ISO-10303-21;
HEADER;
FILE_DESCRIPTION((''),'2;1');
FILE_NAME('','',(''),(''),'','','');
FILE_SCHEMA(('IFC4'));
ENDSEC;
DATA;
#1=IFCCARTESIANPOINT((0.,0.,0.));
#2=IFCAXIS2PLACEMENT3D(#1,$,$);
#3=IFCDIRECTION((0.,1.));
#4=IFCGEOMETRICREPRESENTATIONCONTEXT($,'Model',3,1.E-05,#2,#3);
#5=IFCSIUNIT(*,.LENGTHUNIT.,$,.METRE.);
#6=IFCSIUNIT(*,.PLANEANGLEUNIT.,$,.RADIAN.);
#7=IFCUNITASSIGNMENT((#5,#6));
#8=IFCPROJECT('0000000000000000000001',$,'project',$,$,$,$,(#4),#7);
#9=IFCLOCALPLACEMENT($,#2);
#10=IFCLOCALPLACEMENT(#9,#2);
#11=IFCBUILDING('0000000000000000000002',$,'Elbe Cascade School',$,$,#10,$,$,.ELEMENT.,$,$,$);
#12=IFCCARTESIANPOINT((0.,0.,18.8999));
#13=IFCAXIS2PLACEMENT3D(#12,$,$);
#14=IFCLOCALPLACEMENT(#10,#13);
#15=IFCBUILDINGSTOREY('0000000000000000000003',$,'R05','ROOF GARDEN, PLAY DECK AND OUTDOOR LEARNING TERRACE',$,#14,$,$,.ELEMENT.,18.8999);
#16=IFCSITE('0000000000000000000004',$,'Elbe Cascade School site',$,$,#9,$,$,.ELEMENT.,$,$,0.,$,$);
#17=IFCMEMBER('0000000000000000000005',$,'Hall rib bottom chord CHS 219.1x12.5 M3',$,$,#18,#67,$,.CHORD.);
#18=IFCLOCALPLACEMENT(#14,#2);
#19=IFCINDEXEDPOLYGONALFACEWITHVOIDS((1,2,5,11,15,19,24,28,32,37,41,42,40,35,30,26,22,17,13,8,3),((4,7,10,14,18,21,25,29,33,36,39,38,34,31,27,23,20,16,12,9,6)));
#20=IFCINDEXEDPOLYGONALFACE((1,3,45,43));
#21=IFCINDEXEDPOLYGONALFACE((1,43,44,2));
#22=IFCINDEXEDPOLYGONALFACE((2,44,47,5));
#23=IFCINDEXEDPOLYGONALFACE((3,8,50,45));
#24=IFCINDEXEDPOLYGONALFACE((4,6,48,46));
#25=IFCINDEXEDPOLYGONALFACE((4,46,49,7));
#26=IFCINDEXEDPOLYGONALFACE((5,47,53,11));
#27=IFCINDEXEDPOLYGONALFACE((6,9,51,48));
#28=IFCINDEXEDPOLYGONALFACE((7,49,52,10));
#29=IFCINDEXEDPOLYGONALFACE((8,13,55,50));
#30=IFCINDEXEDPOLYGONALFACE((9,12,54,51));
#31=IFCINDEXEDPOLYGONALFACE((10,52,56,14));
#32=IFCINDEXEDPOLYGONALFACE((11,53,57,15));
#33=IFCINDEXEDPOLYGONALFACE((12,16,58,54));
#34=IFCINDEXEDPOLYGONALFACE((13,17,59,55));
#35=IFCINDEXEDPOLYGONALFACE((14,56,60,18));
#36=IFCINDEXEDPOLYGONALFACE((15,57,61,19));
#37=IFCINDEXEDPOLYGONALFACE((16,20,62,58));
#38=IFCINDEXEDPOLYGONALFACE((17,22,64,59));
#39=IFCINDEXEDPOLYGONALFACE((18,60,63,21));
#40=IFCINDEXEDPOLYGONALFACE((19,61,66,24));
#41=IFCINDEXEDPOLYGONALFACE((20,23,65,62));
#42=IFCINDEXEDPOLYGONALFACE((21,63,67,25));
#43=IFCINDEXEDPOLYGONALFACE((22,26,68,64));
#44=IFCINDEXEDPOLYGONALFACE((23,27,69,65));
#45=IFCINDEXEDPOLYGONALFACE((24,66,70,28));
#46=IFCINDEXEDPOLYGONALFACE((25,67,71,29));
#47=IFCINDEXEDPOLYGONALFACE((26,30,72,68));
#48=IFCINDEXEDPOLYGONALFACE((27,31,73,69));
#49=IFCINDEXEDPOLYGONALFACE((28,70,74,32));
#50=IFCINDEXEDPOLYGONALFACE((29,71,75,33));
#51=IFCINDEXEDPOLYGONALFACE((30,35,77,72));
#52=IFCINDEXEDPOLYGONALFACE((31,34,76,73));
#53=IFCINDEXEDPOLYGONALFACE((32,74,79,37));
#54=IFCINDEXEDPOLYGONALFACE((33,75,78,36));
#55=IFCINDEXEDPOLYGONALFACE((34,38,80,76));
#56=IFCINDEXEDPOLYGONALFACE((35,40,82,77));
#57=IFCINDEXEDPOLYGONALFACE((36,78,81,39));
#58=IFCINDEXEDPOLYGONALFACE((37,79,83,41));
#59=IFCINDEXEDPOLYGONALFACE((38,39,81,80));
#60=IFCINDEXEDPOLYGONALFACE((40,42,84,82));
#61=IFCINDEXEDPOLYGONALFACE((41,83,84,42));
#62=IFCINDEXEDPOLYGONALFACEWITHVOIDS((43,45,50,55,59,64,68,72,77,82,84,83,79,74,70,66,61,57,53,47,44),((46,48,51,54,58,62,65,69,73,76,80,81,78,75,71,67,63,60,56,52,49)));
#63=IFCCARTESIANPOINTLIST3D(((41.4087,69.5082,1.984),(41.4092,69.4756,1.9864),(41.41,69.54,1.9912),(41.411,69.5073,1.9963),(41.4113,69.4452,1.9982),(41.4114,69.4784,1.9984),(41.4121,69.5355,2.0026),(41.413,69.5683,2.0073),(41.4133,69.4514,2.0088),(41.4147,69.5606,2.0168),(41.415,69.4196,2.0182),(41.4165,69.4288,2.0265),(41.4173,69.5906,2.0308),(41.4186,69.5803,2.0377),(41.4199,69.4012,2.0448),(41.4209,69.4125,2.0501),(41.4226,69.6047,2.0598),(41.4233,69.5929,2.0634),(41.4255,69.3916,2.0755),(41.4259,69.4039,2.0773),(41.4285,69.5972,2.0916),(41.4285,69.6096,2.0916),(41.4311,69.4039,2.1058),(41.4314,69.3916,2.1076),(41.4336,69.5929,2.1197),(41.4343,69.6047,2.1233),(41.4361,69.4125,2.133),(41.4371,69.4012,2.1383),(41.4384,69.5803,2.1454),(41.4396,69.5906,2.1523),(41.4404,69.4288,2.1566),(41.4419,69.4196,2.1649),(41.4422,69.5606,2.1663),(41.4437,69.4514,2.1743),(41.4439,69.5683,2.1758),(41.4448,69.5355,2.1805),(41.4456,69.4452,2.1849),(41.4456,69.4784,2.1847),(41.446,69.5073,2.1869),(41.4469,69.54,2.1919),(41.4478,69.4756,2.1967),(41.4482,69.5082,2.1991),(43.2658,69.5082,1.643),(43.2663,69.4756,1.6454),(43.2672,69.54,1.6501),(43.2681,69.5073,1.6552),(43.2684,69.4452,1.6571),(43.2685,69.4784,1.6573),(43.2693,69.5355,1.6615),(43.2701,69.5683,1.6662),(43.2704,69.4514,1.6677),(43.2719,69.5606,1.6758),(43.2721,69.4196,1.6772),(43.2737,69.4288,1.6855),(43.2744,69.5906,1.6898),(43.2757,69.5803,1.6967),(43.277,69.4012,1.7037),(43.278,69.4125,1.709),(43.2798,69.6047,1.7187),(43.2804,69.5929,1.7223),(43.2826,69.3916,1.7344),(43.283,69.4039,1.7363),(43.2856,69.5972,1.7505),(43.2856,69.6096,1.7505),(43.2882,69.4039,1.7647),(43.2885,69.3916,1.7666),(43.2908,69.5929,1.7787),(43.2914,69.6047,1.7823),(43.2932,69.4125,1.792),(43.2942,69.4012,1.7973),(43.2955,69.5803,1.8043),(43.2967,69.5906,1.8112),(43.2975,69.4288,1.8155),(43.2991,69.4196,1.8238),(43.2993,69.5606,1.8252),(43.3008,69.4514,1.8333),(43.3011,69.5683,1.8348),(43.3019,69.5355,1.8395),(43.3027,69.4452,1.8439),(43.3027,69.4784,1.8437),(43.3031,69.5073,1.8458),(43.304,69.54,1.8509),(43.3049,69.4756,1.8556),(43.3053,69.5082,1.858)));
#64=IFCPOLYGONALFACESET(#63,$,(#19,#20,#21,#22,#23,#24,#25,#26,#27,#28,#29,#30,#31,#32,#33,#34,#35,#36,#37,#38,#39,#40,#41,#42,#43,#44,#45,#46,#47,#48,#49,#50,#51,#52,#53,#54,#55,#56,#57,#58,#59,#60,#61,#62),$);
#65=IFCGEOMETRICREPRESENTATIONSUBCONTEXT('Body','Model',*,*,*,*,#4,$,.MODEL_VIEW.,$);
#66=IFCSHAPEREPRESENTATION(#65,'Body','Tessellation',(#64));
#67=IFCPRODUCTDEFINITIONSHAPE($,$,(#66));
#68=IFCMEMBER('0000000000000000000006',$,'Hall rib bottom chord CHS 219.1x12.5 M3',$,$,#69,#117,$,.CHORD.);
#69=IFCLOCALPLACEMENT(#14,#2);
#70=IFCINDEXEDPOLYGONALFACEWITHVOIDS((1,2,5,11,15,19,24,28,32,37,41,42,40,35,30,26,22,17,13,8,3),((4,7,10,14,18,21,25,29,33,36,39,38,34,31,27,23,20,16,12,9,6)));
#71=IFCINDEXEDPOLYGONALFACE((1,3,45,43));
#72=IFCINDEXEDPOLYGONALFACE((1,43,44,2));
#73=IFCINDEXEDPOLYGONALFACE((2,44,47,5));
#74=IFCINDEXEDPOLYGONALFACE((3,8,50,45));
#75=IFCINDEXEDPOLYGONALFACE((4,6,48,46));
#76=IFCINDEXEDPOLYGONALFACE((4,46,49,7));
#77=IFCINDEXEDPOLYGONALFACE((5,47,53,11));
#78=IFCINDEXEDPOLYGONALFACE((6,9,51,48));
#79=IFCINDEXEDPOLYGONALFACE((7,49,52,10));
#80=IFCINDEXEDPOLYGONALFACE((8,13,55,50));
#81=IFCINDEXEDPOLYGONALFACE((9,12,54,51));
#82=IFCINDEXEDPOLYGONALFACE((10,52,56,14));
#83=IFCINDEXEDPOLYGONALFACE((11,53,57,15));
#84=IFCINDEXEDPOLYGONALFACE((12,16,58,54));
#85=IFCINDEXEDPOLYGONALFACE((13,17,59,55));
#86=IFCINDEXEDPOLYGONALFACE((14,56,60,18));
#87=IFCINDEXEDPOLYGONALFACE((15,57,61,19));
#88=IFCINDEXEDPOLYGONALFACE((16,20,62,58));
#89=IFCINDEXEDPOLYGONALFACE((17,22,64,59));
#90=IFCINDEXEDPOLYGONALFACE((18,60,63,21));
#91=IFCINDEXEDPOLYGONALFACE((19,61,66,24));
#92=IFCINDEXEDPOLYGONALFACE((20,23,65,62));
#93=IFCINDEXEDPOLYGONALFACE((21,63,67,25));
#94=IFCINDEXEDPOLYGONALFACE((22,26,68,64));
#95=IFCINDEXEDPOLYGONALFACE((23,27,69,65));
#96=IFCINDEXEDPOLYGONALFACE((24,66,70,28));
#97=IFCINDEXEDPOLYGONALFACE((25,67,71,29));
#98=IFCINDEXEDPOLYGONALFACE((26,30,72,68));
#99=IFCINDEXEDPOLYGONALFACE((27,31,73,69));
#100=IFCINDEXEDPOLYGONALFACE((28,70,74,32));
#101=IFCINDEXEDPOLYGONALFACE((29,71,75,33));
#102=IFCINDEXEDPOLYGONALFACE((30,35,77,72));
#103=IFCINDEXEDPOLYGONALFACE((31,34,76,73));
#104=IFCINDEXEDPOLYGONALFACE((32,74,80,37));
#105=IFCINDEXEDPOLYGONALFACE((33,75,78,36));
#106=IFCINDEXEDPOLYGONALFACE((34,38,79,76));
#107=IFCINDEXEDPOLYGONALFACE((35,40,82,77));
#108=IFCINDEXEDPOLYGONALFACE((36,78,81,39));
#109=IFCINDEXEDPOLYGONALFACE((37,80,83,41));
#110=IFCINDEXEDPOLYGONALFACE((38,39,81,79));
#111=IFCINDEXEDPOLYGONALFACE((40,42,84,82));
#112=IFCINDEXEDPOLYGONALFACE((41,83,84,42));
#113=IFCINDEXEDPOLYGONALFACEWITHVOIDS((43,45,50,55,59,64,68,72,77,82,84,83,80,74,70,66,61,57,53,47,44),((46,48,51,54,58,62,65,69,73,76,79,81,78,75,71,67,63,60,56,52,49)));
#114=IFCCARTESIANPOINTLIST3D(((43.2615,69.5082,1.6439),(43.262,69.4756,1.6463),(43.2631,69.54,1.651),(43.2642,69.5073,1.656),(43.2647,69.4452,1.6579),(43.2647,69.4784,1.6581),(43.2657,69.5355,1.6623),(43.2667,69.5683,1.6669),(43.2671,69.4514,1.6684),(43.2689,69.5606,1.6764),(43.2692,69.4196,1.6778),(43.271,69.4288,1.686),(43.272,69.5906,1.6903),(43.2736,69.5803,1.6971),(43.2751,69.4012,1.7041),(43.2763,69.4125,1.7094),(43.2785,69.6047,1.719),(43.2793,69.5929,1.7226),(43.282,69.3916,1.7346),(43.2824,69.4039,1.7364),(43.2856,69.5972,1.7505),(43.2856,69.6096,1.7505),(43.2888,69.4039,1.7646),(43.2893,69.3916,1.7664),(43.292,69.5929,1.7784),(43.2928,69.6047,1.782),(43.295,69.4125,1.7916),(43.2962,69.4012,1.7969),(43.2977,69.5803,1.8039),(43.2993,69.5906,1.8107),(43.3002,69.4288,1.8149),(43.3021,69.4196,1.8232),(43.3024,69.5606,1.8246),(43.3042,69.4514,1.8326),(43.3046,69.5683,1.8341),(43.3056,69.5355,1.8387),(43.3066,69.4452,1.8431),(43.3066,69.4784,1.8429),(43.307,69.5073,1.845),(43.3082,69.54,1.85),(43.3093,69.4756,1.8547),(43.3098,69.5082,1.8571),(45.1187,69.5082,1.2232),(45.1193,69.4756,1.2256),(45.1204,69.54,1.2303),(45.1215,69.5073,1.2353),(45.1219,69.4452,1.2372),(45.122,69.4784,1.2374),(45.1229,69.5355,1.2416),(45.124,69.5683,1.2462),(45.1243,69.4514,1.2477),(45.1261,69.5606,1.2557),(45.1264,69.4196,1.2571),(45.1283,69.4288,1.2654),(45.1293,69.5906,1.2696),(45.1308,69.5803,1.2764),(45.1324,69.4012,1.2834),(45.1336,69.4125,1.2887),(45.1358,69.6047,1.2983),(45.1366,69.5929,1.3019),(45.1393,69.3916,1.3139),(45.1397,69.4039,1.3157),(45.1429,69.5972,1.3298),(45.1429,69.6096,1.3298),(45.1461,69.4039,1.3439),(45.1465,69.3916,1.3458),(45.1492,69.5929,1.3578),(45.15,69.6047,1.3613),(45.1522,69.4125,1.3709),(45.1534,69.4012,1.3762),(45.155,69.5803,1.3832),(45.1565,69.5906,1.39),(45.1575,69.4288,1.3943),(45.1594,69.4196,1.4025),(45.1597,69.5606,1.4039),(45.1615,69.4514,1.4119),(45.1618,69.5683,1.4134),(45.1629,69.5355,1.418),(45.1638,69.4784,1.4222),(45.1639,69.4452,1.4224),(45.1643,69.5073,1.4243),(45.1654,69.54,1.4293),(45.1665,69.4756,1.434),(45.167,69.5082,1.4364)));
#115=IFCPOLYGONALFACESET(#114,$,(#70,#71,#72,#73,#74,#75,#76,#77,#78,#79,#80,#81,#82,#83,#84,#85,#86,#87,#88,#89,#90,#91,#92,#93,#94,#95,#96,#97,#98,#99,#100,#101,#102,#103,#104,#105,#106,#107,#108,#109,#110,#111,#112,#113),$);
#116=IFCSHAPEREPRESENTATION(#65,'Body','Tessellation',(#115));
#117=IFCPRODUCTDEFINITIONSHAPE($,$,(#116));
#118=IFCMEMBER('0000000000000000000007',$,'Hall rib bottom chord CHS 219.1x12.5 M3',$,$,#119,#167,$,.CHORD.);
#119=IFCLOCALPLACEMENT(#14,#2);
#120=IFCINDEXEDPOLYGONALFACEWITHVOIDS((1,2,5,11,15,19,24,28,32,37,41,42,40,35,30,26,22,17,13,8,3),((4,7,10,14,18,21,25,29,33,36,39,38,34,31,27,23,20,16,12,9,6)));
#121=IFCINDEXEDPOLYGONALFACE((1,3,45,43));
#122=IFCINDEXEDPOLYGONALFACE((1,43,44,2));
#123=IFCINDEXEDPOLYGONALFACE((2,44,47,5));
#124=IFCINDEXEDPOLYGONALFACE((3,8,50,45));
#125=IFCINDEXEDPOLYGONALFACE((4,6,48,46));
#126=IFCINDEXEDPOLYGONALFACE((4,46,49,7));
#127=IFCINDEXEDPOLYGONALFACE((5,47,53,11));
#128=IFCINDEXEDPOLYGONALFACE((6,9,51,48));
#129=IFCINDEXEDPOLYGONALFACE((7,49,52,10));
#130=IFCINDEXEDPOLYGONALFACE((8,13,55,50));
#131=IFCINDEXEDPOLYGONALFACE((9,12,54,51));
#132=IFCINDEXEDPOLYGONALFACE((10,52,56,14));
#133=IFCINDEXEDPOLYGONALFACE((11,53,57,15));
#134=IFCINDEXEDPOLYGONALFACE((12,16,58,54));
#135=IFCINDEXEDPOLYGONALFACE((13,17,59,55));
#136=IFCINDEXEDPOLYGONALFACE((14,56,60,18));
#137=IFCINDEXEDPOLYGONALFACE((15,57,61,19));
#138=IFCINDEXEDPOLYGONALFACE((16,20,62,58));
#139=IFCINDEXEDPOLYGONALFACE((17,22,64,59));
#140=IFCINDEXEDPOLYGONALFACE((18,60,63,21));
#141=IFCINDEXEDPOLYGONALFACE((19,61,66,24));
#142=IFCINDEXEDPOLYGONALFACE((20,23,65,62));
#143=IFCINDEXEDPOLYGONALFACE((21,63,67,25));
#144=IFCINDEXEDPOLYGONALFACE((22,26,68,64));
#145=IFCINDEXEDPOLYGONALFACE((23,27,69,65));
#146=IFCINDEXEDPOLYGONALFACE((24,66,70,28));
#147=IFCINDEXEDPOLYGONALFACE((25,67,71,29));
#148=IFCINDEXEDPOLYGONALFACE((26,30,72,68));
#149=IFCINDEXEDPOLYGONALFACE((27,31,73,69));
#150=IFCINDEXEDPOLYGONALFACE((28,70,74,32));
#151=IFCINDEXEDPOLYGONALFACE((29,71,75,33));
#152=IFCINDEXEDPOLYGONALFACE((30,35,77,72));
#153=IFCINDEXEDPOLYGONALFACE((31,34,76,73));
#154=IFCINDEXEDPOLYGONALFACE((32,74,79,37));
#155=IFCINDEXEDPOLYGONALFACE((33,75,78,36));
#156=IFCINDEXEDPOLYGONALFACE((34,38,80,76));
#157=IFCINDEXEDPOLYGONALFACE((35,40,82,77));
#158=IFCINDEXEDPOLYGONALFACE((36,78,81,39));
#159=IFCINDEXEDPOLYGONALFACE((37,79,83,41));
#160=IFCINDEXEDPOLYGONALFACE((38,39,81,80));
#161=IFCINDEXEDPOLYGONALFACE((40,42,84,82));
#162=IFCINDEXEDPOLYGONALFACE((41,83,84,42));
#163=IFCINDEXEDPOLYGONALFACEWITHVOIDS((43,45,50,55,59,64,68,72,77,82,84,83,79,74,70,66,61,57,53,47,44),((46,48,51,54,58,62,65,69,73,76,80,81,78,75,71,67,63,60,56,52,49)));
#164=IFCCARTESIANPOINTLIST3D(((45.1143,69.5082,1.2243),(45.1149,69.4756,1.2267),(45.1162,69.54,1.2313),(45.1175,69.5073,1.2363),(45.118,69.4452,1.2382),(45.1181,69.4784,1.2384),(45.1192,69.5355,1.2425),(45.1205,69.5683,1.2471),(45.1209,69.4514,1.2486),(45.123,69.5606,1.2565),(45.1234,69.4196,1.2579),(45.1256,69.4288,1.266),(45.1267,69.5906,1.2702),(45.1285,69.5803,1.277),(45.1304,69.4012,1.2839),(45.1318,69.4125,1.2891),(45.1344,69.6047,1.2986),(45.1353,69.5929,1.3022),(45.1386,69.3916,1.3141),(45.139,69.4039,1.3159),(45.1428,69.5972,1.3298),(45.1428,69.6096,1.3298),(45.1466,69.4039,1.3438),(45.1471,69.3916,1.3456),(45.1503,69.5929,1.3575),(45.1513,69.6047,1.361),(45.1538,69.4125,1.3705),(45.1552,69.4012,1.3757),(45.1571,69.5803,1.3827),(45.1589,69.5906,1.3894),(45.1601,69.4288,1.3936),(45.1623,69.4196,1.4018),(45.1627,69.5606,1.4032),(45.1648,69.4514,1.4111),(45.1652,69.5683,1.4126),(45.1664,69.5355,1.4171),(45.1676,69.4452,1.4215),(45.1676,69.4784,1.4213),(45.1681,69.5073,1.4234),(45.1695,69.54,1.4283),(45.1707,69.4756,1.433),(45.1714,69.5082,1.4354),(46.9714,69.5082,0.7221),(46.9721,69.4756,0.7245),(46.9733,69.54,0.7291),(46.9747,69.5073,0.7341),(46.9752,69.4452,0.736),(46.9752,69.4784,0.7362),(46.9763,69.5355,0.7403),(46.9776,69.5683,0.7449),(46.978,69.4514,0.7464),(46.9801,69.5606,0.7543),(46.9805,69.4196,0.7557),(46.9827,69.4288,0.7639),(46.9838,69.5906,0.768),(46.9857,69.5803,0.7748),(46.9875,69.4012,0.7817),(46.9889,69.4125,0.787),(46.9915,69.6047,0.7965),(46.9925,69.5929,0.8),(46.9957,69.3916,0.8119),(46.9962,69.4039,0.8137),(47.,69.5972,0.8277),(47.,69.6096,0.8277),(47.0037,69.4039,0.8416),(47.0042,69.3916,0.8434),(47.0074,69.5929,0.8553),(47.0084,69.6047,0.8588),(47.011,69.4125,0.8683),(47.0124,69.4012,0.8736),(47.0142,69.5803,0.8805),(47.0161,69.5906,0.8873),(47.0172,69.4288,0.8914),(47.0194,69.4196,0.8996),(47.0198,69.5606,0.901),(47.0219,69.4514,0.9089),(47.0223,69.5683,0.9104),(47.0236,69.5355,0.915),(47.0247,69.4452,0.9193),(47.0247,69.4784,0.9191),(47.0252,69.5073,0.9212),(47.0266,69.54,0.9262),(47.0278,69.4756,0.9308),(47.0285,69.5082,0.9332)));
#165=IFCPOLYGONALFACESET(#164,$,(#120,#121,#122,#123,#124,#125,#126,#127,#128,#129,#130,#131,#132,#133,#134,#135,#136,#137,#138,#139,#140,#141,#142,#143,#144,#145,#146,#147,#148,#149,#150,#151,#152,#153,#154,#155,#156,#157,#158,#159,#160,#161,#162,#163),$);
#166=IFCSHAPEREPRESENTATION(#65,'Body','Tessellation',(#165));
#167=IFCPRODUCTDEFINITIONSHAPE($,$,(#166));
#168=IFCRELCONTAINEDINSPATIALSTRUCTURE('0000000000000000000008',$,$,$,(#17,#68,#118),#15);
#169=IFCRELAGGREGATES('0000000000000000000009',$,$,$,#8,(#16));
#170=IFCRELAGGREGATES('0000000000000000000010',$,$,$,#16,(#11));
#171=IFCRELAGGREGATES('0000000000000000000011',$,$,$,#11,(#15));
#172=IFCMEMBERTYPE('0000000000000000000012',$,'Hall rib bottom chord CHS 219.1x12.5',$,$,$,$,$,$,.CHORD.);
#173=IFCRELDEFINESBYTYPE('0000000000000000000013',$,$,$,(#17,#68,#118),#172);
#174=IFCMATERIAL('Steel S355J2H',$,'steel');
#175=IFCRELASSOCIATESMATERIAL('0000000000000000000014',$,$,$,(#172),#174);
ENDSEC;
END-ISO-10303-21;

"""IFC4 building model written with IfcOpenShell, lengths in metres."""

from ifc_helpers import new_model, si_unit, direction, frame, origin, origin_2d, place, context, subcontext, project, spatial, hollow_circle, extrude, material, material_profile, profile_set, type_object, element, save


model = new_model("IFC4")

# Units and contexts
model_context = context("Model", 3, precision=1e-05, world=origin(), true_north=direction((0.0, 1.0)))
body_context = subcontext(model_context, "Body", "Model", "MODEL_VIEW")
ifc_project = project(units=[si_unit("LENGTHUNIT", "METRE"), si_unit("PLANEANGLEUNIT", "RADIAN")], contexts=[model_context])

# Site, building, storey
site_placement = place(None, origin())
site = spatial("IfcSite", under=ifc_project, at=site_placement, Name="Elbe Cascade School site", CompositionType="ELEMENT", RefElevation=0.0)
building_placement = place(site_placement, origin())
building = spatial("IfcBuilding", under=site, at=building_placement, Name="Elbe Cascade School", CompositionType="ELEMENT")
storey_placement = place(building_placement, frame((0.0, 0.0, 18.8999)))
storey = spatial("IfcBuildingStorey", under=building, at=storey_placement, Name="R05", Description="ROOF GARDEN, PLAY DECK AND OUTDOOR LEARNING TERRACE", CompositionType="ELEMENT", Elevation=18.8999)

# Members
ifc_material_1 = material(Name="Steel S355J2H", Category="steel")
ifc_material_profile_1 = material_profile(ifc_material_1, hollow_circle(Radius=0.1096, WallThickness=0.0125, at=origin_2d()), Name="CHS 219.1x12.5")
ifc_profile_set_1 = profile_set([ifc_material_profile_1], Name="Steel S355J2H")
member_type_1 = type_object("IfcMemberType", Name="Hall rib bottom chord CHS 219.1x12.5", PredefinedType="CHORD", material=ifc_profile_set_1)
member_1_placement = place(storey_placement, frame((41.4285, 69.5, 2.0916), z_axis=(0.983552, 0.0, -0.180626), x_axis=(0.0, 1.0, 0.0)))
element("IfcMember", 1, at=member_1_placement, inside=storey, type_object=member_type_1, Name="Hall rib bottom chord CHS 219.1x12.5 M3", PredefinedType="CHORD", context=body_context, shape_type="SweptSolid", body=[
    extrude(hollow_circle(Radius=0.1096, WallThickness=0.0125, at=origin_2d()), origin(), (0.0, 0.0, 1.0), 1.8882),
])
member_2_placement = place(storey_placement, frame((43.2856, 69.5, 1.7505), z_axis=(0.975295, 0.0, -0.220906), x_axis=(0.0, 1.0, 0.0)))
element("IfcMember", 2, at=member_2_placement, inside=storey, type_object=member_type_1, Name="Hall rib bottom chord CHS 219.1x12.5 M3", PredefinedType="CHORD", context=body_context, shape_type="SweptSolid", body=[
    extrude(hollow_circle(Radius=0.1096, WallThickness=0.0125, at=origin_2d()), origin(), (0.0, 0.0, 1.0), 1.9043),
])
member_3_placement = place(storey_placement, frame((45.1428, 69.5, 1.3298), z_axis=(0.96533, 0.0, -0.261034), x_axis=(0.0, 1.0, 0.0)))
element("IfcMember", 3, at=member_3_placement, inside=storey, type_object=member_type_1, Name="Hall rib bottom chord CHS 219.1x12.5 M3", PredefinedType="CHORD", context=body_context, shape_type="SweptSolid", body=[
    extrude(hollow_circle(Radius=0.1096, WallThickness=0.0125, at=origin_2d()), origin(), (0.0, 0.0, 1.0), 1.9238),
])

save(model, "model.ifc")
